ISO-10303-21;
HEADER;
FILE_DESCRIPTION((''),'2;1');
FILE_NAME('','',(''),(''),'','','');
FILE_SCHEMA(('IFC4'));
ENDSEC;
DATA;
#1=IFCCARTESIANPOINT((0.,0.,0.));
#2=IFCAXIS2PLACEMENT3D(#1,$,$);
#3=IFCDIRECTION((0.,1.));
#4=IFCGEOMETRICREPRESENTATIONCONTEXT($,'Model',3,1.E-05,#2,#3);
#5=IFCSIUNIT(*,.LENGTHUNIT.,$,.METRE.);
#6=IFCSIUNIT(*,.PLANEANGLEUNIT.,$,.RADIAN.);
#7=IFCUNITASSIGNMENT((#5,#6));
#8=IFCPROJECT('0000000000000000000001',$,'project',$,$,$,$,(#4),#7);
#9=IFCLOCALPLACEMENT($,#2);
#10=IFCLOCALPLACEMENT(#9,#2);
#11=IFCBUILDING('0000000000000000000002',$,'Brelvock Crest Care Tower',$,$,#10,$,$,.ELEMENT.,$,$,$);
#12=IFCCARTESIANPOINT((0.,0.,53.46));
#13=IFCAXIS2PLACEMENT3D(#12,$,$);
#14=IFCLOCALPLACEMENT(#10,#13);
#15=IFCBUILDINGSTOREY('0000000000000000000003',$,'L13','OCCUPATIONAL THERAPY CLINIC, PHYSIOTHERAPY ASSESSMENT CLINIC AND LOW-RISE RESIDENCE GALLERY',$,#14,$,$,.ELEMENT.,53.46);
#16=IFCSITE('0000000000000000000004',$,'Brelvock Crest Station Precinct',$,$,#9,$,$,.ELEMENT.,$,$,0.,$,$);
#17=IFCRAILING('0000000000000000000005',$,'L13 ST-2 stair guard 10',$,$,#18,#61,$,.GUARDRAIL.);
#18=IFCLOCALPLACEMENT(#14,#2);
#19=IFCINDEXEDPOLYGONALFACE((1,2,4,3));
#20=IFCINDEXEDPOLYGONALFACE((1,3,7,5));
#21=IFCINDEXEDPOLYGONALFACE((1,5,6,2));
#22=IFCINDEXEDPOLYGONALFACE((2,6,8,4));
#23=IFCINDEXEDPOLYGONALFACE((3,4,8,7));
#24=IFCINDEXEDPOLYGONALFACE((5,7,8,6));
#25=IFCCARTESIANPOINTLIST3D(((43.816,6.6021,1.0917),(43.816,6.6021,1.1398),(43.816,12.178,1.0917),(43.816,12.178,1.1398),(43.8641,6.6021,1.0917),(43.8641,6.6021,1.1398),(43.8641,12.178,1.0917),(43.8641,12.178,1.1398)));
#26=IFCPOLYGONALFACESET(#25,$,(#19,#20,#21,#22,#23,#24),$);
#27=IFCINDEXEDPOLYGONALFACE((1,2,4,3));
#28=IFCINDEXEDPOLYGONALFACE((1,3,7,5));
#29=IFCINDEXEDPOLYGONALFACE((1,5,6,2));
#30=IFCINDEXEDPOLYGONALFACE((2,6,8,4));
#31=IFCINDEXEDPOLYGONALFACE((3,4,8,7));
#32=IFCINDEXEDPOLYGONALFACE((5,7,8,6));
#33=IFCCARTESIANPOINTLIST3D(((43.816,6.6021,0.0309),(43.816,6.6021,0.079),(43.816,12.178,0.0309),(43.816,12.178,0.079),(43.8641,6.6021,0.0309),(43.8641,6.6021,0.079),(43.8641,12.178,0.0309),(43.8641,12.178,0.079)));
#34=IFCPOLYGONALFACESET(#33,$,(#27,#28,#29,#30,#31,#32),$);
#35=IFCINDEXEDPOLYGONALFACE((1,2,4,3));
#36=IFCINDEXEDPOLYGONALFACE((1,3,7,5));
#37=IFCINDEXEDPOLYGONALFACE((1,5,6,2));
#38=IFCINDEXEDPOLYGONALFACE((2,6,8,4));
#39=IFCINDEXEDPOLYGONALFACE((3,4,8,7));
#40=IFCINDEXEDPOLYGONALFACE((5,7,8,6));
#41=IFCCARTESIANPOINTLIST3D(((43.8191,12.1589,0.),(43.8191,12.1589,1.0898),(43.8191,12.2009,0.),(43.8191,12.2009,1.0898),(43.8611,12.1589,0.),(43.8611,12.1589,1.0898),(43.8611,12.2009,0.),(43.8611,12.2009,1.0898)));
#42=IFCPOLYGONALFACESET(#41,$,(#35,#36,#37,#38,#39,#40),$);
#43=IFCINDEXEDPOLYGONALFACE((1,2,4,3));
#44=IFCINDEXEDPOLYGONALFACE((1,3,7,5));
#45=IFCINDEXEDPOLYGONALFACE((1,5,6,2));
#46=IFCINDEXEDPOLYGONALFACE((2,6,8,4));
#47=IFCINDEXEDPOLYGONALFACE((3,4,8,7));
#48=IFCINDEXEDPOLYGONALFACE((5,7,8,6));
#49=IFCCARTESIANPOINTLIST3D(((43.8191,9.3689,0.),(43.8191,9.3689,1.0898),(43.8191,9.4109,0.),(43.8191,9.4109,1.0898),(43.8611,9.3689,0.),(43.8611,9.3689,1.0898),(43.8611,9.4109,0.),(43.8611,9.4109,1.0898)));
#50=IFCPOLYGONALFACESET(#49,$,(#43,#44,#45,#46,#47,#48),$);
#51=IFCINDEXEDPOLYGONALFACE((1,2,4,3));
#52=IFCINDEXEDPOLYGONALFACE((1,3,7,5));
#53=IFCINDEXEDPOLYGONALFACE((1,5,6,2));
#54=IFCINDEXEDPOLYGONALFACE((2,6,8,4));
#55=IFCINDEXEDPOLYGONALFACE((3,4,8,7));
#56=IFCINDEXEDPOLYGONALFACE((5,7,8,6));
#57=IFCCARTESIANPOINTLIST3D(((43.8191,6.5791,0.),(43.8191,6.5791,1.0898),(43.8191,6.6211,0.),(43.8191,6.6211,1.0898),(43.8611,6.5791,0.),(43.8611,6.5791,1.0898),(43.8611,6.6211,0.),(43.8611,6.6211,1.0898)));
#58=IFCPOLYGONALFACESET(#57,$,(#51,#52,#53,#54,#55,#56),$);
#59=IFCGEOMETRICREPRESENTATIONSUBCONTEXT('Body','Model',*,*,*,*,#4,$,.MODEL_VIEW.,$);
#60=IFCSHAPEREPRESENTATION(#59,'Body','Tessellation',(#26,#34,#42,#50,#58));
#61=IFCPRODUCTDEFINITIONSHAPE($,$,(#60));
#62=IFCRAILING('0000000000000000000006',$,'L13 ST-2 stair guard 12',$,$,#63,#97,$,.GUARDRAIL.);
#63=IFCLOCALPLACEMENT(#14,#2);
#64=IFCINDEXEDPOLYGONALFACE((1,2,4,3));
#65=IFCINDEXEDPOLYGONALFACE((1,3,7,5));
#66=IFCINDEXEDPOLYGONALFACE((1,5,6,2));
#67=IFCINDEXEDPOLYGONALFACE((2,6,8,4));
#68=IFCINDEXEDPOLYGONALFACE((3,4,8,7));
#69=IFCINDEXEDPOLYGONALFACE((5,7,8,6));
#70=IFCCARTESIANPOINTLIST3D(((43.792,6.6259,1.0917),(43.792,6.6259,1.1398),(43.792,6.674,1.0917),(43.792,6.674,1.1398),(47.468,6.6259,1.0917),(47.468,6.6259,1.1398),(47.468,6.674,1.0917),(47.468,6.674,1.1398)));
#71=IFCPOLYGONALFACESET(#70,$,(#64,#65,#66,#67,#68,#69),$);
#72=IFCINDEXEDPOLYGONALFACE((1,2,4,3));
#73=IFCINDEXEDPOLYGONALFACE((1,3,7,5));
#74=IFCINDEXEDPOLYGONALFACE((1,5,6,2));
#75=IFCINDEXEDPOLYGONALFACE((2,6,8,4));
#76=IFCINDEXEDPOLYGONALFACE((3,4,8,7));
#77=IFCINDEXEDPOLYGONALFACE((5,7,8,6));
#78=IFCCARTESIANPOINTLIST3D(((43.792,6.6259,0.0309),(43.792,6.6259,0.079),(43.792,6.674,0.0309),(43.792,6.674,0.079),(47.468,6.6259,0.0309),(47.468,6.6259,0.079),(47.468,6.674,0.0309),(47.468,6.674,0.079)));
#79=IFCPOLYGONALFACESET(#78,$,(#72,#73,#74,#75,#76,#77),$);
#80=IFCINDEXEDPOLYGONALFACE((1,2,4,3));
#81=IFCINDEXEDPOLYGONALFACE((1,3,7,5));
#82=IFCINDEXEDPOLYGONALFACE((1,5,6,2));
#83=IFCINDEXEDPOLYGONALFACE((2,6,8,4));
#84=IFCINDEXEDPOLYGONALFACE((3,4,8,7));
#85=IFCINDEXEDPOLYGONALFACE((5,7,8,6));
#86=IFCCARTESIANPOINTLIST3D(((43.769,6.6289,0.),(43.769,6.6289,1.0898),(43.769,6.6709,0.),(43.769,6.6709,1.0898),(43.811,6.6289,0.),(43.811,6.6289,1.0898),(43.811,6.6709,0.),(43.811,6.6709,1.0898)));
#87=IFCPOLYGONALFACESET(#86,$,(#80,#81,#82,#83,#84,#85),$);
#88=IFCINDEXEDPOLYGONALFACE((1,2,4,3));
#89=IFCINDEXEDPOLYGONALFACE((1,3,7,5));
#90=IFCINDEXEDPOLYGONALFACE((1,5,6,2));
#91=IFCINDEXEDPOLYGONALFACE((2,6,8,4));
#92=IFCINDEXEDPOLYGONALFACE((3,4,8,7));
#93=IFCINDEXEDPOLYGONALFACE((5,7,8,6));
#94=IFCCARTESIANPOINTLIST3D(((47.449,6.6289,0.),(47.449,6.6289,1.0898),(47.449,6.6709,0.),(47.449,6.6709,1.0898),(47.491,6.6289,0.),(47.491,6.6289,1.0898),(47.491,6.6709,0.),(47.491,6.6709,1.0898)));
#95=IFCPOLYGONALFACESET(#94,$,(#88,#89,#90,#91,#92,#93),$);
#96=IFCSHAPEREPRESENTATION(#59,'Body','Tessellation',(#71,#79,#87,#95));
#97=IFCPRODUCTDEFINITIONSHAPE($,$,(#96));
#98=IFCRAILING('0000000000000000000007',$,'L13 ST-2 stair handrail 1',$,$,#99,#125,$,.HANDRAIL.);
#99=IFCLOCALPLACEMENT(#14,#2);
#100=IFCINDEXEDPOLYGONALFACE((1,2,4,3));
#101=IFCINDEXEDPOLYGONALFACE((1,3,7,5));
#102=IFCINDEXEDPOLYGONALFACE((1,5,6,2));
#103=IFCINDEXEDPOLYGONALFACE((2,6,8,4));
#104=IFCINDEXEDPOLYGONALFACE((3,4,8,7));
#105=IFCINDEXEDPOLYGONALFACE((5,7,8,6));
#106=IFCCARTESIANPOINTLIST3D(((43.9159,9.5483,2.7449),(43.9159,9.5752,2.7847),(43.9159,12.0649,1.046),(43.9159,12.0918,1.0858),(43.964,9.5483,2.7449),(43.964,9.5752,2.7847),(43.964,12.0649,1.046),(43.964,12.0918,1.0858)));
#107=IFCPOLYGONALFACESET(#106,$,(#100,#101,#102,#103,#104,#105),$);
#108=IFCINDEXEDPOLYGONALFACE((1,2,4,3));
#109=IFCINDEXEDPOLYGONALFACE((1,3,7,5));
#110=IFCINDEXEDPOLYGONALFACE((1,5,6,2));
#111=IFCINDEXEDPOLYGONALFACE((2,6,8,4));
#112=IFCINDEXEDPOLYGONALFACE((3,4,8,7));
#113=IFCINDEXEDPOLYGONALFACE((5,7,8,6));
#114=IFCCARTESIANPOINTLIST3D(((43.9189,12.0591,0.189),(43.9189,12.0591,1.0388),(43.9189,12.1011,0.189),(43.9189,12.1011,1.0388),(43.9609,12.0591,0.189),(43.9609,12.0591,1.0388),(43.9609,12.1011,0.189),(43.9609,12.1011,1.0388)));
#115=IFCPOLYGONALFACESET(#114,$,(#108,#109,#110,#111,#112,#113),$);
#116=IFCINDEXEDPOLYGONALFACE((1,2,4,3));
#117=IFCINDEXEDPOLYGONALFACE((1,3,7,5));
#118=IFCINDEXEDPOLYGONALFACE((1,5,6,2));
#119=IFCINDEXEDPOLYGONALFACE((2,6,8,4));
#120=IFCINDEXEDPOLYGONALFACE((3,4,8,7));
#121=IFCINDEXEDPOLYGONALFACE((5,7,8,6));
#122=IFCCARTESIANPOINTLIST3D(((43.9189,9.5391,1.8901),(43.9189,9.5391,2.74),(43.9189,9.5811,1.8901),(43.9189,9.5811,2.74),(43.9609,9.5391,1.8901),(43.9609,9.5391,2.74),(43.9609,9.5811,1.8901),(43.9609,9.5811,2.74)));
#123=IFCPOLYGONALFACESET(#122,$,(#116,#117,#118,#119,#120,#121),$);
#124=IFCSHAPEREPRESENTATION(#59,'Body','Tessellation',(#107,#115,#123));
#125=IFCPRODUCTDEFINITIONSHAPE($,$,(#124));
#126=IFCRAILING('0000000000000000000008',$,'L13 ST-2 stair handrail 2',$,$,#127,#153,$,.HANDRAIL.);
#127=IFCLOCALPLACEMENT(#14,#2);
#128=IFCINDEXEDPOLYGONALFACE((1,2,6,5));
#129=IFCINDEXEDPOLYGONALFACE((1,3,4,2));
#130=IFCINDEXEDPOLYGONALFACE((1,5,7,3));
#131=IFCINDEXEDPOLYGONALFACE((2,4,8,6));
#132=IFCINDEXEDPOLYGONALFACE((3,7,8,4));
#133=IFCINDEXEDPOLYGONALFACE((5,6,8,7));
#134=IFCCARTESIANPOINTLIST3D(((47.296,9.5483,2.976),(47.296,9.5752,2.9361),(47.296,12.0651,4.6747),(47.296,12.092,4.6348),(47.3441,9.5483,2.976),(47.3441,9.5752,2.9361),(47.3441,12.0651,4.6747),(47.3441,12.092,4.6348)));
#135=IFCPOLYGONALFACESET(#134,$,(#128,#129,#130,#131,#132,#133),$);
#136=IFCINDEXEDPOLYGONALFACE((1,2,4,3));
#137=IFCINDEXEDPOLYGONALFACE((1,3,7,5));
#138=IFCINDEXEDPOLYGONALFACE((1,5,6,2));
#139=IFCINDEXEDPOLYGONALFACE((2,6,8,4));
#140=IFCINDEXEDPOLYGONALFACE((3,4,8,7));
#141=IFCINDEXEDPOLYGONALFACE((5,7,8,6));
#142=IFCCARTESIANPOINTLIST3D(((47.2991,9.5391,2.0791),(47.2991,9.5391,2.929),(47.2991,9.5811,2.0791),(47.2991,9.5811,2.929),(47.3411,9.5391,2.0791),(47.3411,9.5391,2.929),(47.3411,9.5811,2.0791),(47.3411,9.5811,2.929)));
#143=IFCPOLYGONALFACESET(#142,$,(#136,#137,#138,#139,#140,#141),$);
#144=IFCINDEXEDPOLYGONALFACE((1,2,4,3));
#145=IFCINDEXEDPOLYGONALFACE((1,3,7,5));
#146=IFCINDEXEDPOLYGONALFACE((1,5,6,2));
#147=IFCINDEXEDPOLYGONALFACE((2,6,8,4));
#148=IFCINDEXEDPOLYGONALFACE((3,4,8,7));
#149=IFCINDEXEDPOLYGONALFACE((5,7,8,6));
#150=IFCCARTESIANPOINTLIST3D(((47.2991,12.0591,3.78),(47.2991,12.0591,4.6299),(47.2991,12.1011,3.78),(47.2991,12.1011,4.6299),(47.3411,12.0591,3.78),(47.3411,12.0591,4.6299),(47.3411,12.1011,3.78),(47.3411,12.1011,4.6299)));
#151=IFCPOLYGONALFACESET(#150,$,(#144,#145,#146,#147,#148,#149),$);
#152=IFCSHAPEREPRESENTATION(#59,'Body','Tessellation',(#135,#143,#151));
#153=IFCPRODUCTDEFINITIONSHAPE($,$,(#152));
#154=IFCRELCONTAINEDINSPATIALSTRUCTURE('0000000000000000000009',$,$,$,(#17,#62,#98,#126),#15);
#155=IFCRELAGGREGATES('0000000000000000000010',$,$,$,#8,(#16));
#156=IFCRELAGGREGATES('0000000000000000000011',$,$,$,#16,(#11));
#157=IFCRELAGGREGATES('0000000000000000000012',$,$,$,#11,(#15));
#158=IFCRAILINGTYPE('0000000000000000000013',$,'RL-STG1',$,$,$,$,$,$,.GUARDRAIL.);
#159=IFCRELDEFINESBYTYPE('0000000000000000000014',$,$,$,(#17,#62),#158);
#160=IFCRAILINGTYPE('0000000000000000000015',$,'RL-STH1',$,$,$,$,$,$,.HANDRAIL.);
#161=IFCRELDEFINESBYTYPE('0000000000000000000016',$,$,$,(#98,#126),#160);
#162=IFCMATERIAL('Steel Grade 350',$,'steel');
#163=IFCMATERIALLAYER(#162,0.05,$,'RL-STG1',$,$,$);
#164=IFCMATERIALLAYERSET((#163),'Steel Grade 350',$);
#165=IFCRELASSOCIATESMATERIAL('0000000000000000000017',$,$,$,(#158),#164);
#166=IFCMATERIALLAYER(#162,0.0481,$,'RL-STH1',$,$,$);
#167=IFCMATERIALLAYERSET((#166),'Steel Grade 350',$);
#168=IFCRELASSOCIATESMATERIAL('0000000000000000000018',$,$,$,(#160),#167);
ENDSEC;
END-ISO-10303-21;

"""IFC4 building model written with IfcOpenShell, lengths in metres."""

from ifc_helpers import new_model, si_unit, direction, frame, origin, origin_2d, place, context, subcontext, project, spatial, rectangle, extrude, material, layer, layer_set, type_object, element, save


model = new_model("IFC4")

# Units and contexts
model_context = context("Model", 3, precision=1e-05, world=origin(), true_north=direction((0.0, 1.0)))
body_context = subcontext(model_context, "Body", "Model", "MODEL_VIEW")
ifc_project = project(units=[si_unit("LENGTHUNIT", "METRE"), si_unit("PLANEANGLEUNIT", "RADIAN")], contexts=[model_context])

# Site, building, storey
site_placement = place(None, origin())
site = spatial("IfcSite", under=ifc_project, at=site_placement, Name="Brelvock Crest Station Precinct", CompositionType="ELEMENT", RefElevation=0.0)
building_placement = place(site_placement, origin())
building = spatial("IfcBuilding", under=site, at=building_placement, Name="Brelvock Crest Care Tower", CompositionType="ELEMENT")
storey_placement = place(building_placement, frame((0.0, 0.0, 53.46)))
storey = spatial("IfcBuildingStorey", under=building, at=storey_placement, Name="L13", Description="OCCUPATIONAL THERAPY CLINIC, PHYSIOTHERAPY ASSESSMENT CLINIC AND LOW-RISE RESIDENCE GALLERY", CompositionType="ELEMENT", Elevation=53.46)

# Shared definitions
ifc_material_1 = material(Name="Steel Grade 350", Category="steel")

# Railings
ifc_layer_1 = layer(ifc_material_1, 0.05, Name="RL-STG1")
ifc_layer_set_1 = layer_set([ifc_layer_1], Name="Steel Grade 350")
railing_type_1 = type_object("IfcRailingType", Name="RL-STG1", PredefinedType="GUARDRAIL", material=ifc_layer_set_1)
railing_1_placement = place(storey_placement, frame((43.8401, 12.1799, 0.0)))
element("IfcRailing", 1, at=railing_1_placement, inside=storey, type_object=railing_type_1, Name="L13 ST-2 stair guard 10", PredefinedType="GUARDRAIL", context=body_context, shape_type="SweptSolid", body=[
    extrude(rectangle(XDim=0.0481, YDim=0.0481, at=origin_2d()), frame((0.0, -0.002, 1.1157), z_axis=(0.0, -1.0, 0.0), x_axis=(1.0, 0.0, 0.0)), (0.0, 0.0, 1.0), 5.5759),
    extrude(rectangle(XDim=0.0481, YDim=0.0481, at=origin_2d()), frame((0.0, -0.002, 0.0549), z_axis=(0.0, -1.0, 0.0), x_axis=(1.0, 0.0, 0.0)), (0.0, 0.0, 1.0), 5.5759),
    extrude(rectangle(XDim=0.042, YDim=0.042, at=origin_2d()), origin(), (0.0, 0.0, 1.0), 1.0898),
    extrude(rectangle(XDim=0.042, YDim=0.042, at=origin_2d()), frame((0.0, -2.79, 0.0)), (0.0, 0.0, 1.0), 1.0898),
    extrude(rectangle(XDim=0.042, YDim=0.042, at=origin_2d()), frame((0.0, -5.5798, 0.0)), (0.0, 0.0, 1.0), 1.0898),
])
railing_2_placement = place(storey_placement, frame((43.79, 6.6499, 0.0)))
element("IfcRailing", 2, at=railing_2_placement, inside=storey, type_object=railing_type_1, Name="L13 ST-2 stair guard 12", PredefinedType="GUARDRAIL", context=body_context, shape_type="SweptSolid", body=[
    extrude(rectangle(XDim=0.0481, YDim=0.0481, at=origin_2d()), frame((0.002, 0.0, 1.1157), z_axis=(1.0, 0.0, 0.0), x_axis=(0.0, 1.0, 0.0)), (0.0, 0.0, 1.0), 3.676),
    extrude(rectangle(XDim=0.0481, YDim=0.0481, at=origin_2d()), frame((0.002, 0.0, 0.0549), z_axis=(1.0, 0.0, 0.0), x_axis=(0.0, 1.0, 0.0)), (0.0, 0.0, 1.0), 3.676),
    extrude(rectangle(XDim=0.042, YDim=0.042, at=origin_2d()), origin(), (0.0, 0.0, 1.0), 1.0898),
    extrude(rectangle(XDim=0.042, YDim=0.042, at=origin_2d()), frame((3.6799, 0.0, 0.0)), (0.0, 0.0, 1.0), 1.0898),
])
ifc_layer_2 = layer(ifc_material_1, 0.0481, Name="RL-STH1")
ifc_layer_set_2 = layer_set([ifc_layer_2], Name="Steel Grade 350")
railing_type_2 = type_object("IfcRailingType", Name="RL-STH1", PredefinedType="HANDRAIL", material=ifc_layer_set_2)
railing_3_placement = place(storey_placement, frame((43.9399, 12.0801, 0.189)))
element("IfcRailing", 3, at=railing_3_placement, inside=storey, type_object=railing_type_2, Name="L13 ST-2 stair handrail 1", PredefinedType="HANDRAIL", context=body_context, shape_type="SweptSolid", body=[
    extrude(rectangle(XDim=0.0481, YDim=0.0481, at=origin_2d()), frame((0.0, -0.0017, 0.877), z_axis=(0.0, -0.828824, 0.559509), x_axis=(1.0, 0.0, 0.0)), (0.0, 0.0, 1.0), 3.0364),
    extrude(rectangle(XDim=0.042, YDim=0.042, at=origin_2d()), origin(), (0.0, 0.0, 1.0), 0.8499),
    extrude(rectangle(XDim=0.042, YDim=0.042, at=origin_2d()), frame((0.0, -2.52, 1.7012)), (0.0, 0.0, 1.0), 0.8499),
])
railing_4_placement = place(storey_placement, frame((47.3201, 9.5601, 2.0791)))
element("IfcRailing", 4, at=railing_4_placement, inside=storey, type_object=railing_type_2, Name="L13 ST-2 stair handrail 2", PredefinedType="HANDRAIL", context=body_context, shape_type="SweptSolid", body=[
    extrude(rectangle(XDim=0.0481, YDim=0.0481, at=origin_2d()), frame((0.0, 0.0017, 0.877), z_axis=(0.0, 0.828862, 0.559454), x_axis=(-1.0, 0.0, 0.0)), (0.0, 0.0, 1.0), 3.0364),
    extrude(rectangle(XDim=0.042, YDim=0.042, at=origin_2d()), origin(), (0.0, 0.0, 1.0), 0.8499),
    extrude(rectangle(XDim=0.042, YDim=0.042, at=origin_2d()), frame((0.0, 2.52, 1.7009)), (0.0, 0.0, 1.0), 0.8499),
])

save(model, "model.ifc")
